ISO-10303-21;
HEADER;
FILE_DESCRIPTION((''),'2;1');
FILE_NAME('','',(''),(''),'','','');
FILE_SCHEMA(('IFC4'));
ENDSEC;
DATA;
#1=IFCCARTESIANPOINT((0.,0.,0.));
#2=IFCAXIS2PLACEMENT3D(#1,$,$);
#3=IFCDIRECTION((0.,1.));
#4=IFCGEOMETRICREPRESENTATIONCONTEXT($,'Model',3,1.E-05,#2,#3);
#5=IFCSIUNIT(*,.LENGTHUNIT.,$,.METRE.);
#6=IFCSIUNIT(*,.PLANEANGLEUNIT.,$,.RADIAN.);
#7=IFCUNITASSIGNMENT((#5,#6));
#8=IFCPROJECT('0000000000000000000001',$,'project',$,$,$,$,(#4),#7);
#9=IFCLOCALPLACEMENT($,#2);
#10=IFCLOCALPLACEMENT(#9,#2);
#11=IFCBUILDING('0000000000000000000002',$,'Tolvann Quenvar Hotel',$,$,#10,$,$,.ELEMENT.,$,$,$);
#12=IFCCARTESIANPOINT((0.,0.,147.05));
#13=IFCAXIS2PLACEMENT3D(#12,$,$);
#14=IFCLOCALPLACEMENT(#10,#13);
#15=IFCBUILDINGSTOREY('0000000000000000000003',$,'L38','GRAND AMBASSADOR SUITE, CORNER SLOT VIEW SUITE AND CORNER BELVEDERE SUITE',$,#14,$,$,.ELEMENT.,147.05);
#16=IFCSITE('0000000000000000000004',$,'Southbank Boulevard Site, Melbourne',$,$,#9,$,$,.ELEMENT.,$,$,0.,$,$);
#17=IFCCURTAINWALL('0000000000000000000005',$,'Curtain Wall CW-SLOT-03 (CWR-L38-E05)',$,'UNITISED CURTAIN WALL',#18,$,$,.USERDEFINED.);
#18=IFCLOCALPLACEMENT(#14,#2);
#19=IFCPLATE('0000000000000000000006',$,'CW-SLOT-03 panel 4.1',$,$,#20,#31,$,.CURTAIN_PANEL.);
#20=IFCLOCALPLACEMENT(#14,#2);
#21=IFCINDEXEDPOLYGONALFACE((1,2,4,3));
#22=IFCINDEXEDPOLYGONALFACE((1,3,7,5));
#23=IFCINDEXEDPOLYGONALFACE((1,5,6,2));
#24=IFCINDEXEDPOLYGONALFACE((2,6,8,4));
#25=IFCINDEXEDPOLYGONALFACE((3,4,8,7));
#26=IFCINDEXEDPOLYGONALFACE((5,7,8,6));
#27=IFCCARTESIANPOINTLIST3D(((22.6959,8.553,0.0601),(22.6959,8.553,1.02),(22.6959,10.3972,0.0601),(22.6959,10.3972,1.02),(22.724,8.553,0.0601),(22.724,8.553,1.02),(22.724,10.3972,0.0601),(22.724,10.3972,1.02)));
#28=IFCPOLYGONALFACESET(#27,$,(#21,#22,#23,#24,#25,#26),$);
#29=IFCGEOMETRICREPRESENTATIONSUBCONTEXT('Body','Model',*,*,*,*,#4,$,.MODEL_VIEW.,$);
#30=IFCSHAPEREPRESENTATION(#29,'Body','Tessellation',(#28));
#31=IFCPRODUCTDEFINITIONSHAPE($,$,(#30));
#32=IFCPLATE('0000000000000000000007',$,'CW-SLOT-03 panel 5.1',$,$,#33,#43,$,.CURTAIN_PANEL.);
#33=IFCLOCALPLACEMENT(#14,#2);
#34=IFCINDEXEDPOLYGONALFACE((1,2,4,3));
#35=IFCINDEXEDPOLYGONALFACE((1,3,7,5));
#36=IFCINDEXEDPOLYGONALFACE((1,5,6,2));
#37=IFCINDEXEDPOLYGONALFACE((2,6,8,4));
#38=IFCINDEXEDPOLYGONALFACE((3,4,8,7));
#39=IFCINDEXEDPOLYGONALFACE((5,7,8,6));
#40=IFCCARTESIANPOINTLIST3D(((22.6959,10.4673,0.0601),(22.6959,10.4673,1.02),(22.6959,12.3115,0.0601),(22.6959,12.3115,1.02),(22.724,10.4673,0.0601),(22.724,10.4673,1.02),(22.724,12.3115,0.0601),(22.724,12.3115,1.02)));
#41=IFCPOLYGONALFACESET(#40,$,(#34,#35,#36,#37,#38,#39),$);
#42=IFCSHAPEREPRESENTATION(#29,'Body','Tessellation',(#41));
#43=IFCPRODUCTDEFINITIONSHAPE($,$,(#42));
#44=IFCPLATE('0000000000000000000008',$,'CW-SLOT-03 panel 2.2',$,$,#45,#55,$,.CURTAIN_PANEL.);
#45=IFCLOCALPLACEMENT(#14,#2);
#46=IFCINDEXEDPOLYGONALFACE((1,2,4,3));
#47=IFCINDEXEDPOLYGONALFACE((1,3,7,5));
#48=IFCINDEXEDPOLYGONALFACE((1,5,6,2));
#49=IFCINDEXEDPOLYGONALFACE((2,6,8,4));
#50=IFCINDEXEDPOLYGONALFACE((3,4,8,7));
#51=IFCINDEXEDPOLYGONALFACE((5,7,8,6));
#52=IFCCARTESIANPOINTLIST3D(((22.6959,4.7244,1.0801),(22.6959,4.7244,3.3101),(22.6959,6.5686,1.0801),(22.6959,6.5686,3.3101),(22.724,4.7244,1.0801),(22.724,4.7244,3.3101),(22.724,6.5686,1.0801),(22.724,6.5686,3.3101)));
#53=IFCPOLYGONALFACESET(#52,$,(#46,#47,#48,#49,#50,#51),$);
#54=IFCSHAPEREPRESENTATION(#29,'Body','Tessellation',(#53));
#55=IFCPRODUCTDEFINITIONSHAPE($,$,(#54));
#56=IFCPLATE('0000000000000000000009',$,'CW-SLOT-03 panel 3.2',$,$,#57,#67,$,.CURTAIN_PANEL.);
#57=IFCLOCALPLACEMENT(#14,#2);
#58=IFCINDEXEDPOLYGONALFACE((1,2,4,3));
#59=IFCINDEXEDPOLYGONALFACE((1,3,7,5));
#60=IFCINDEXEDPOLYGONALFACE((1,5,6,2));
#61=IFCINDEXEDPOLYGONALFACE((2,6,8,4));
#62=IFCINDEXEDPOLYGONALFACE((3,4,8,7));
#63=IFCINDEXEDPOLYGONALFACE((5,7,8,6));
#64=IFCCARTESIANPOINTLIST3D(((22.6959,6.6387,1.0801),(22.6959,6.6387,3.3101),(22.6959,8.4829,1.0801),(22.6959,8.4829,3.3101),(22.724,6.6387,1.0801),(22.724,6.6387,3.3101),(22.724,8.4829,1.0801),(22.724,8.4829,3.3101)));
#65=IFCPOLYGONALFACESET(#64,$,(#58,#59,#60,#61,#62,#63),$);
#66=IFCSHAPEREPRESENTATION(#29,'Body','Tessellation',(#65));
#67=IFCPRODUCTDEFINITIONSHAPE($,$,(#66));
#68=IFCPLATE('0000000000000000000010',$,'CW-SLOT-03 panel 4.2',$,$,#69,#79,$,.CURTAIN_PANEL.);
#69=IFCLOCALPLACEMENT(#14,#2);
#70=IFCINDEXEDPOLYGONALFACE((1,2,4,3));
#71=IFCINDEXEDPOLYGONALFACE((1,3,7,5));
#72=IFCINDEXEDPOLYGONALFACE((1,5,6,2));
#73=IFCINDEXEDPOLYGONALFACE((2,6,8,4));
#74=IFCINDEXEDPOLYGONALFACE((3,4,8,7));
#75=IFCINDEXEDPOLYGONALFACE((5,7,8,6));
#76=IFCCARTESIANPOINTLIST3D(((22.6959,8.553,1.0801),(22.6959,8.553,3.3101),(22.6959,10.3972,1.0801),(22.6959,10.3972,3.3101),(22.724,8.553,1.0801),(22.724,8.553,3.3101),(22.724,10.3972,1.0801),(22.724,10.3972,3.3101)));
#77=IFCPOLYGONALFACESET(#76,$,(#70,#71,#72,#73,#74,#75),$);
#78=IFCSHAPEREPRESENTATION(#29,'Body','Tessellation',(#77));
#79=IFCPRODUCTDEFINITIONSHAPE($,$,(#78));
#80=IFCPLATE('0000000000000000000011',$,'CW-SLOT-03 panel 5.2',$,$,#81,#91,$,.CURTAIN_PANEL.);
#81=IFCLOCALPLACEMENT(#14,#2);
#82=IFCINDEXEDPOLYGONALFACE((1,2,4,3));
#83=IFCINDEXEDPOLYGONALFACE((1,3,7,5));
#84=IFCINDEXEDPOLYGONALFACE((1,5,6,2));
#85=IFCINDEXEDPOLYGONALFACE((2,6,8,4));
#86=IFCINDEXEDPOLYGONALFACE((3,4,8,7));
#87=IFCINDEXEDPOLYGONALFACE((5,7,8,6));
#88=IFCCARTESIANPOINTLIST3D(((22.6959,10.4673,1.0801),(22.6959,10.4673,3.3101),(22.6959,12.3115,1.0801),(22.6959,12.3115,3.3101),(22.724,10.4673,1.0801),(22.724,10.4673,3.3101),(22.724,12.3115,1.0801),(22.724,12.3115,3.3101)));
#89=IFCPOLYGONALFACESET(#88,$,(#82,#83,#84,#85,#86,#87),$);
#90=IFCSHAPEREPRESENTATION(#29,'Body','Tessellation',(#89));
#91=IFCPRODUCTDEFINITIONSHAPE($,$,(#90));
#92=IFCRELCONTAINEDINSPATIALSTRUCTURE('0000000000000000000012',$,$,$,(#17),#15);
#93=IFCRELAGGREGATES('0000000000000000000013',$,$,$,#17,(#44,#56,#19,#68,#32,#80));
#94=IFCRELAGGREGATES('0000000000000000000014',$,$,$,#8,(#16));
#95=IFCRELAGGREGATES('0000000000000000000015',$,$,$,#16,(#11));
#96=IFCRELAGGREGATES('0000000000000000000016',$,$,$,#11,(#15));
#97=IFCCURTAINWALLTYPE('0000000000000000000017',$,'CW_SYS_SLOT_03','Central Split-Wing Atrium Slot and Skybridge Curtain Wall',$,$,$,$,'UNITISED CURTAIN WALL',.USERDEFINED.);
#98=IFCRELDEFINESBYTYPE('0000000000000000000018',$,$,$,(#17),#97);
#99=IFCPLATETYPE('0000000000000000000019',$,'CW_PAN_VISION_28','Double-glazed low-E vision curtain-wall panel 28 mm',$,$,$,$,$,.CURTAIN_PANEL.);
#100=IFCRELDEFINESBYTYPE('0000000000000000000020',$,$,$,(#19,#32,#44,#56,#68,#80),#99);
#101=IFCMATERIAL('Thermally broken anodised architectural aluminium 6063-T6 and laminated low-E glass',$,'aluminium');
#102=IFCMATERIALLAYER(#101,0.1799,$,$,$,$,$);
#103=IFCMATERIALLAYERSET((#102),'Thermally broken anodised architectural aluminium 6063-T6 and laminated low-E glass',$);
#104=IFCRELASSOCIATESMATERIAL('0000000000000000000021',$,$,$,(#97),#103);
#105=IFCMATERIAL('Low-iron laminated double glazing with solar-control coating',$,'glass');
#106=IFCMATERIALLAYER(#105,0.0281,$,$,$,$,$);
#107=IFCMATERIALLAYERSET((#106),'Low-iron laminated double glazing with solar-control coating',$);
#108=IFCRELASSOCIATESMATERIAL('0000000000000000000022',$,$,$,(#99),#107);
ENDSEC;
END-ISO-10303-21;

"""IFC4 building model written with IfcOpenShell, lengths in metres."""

from ifc_helpers import new_model, si_unit, direction, frame, origin, origin_2d, place, context, subcontext, project, spatial, rectangle, extrude, source, transform, mapped, material, layer, layer_set, type_object, element, aggregate, save


model = new_model("IFC4")

# Units and contexts
model_context = context("Model", 3, precision=1e-05, world=origin(), true_north=direction((0.0, 1.0)))
body_context = subcontext(model_context, "Body", "Model", "MODEL_VIEW")
ifc_project = project(units=[si_unit("LENGTHUNIT", "METRE"), si_unit("PLANEANGLEUNIT", "RADIAN")], contexts=[model_context])

# Site, building, storey
site_placement = place(None, origin())
site = spatial("IfcSite", under=ifc_project, at=site_placement, Name="Southbank Boulevard Site, Melbourne", CompositionType="ELEMENT", RefElevation=0.0)
building_placement = place(site_placement, origin())
building = spatial("IfcBuilding", under=site, at=building_placement, Name="Tolvann Quenvar Hotel", CompositionType="ELEMENT")
storey_placement = place(building_placement, frame((0.0, 0.0, 147.05)))
storey = spatial("IfcBuildingStorey", under=building, at=storey_placement, Name="L38", Description="GRAND AMBASSADOR SUITE, CORNER SLOT VIEW SUITE AND CORNER BELVEDERE SUITE", CompositionType="ELEMENT", Elevation=147.05)

# Curtain wall, plates
ifc_material_1 = material(Name="Thermally broken anodised architectural aluminium 6063-T6 and laminated low-E glass", Category="aluminium")
ifc_layer_1 = layer(ifc_material_1, 0.1799)
ifc_layer_set_1 = layer_set([ifc_layer_1], Name="Thermally broken anodised architectural aluminium 6063-T6 and laminated low-E glass")
curtain_wall_type = type_object("IfcCurtainWallType", Name="CW_SYS_SLOT_03", Description="Central Split-Wing Atrium Slot and Skybridge Curtain Wall", ElementType="UNITISED CURTAIN WALL", PredefinedType="USERDEFINED", material=ifc_layer_set_1)
curtain_wall_placement = place(storey_placement, origin())
curtain_wall = element("IfcCurtainWall", 1, at=curtain_wall_placement, inside=storey, type_object=curtain_wall_type, Name="Curtain Wall CW-SLOT-03 (CWR-L38-E05)", ObjectType="UNITISED CURTAIN WALL", PredefinedType="USERDEFINED")
ifc_material_2 = material(Name="Low-iron laminated double glazing with solar-control coating", Category="glass")
ifc_layer_2 = layer(ifc_material_2, 0.0281)
ifc_layer_set_2 = layer_set([ifc_layer_2], Name="Low-iron laminated double glazing with solar-control coating")
plate_type = type_object("IfcPlateType", Name="CW_PAN_VISION_28", Description="Double-glazed low-E vision curtain-wall panel 28 mm", PredefinedType="CURTAIN_PANEL", material=ifc_layer_set_2)
shared_shape_1 = source(origin(), body_context, "Body", "SweptSolid", [
    extrude(rectangle(XDim=1.8442, YDim=0.0281, at=origin_2d()), origin(), (0.0, 0.0, 1.0), 0.96),
])
plate_1_placement = place(storey_placement, frame((22.71, 9.4751, 0.0601), z_axis=(0.0, 0.0, 1.0), x_axis=(0.0, 1.0, 0.0)))
plate_1 = element("IfcPlate", 2, at=plate_1_placement, type_object=plate_type, Name="CW-SLOT-03 panel 4.1", PredefinedType="CURTAIN_PANEL", context=body_context, shape_type="MappedRepresentation", body=[
    mapped(shared_shape_1, transform((0.0, 0.0, 0.0), x_axis=(1.0, 0.0, 0.0), y_axis=(0.0, 1.0, 0.0), z_axis=(0.0, 0.0, 1.0), scale=1.0)),
])
plate_2_placement = place(storey_placement, frame((22.71, 11.3894, 0.0601), z_axis=(0.0, 0.0, 1.0), x_axis=(0.0, 1.0, 0.0)))
plate_2 = element("IfcPlate", 3, at=plate_2_placement, type_object=plate_type, Name="CW-SLOT-03 panel 5.1", PredefinedType="CURTAIN_PANEL", context=body_context, shape_type="MappedRepresentation", body=[
    mapped(shared_shape_1, transform((0.0, 0.0, 0.0), x_axis=(1.0, 0.0, 0.0), y_axis=(0.0, 1.0, 0.0), z_axis=(0.0, 0.0, 1.0), scale=1.0)),
])
shared_shape_2 = source(origin(), body_context, "Body", "SweptSolid", [
    extrude(rectangle(XDim=1.8442, YDim=0.0281, at=origin_2d()), origin(), (0.0, 0.0, 1.0), 2.23),
])
plate_3_placement = place(storey_placement, frame((22.71, 5.6465, 1.0801), z_axis=(0.0, 0.0, 1.0), x_axis=(0.0, 1.0, 0.0)))
plate_3 = element("IfcPlate", 4, at=plate_3_placement, type_object=plate_type, Name="CW-SLOT-03 panel 2.2", PredefinedType="CURTAIN_PANEL", context=body_context, shape_type="MappedRepresentation", body=[
    mapped(shared_shape_2, transform((0.0, 0.0, 0.0), x_axis=(1.0, 0.0, 0.0), y_axis=(0.0, 1.0, 0.0), z_axis=(0.0, 0.0, 1.0), scale=1.0)),
])
plate_4_placement = place(storey_placement, frame((22.71, 7.5608, 1.0801), z_axis=(0.0, 0.0, 1.0), x_axis=(0.0, 1.0, 0.0)))
plate_4 = element("IfcPlate", 5, at=plate_4_placement, type_object=plate_type, Name="CW-SLOT-03 panel 3.2", PredefinedType="CURTAIN_PANEL", context=body_context, shape_type="MappedRepresentation", body=[
    mapped(shared_shape_2, transform((0.0, 0.0, 0.0), x_axis=(1.0, 0.0, 0.0), y_axis=(0.0, 1.0, 0.0), z_axis=(0.0, 0.0, 1.0), scale=1.0)),
])
plate_5_placement = place(storey_placement, frame((22.71, 9.4751, 1.0801), z_axis=(0.0, 0.0, 1.0), x_axis=(0.0, 1.0, 0.0)))
plate_5 = element("IfcPlate", 6, at=plate_5_placement, type_object=plate_type, Name="CW-SLOT-03 panel 4.2", PredefinedType="CURTAIN_PANEL", context=body_context, shape_type="MappedRepresentation", body=[
    mapped(shared_shape_2, transform((0.0, 0.0, 0.0), x_axis=(1.0, 0.0, 0.0), y_axis=(0.0, 1.0, 0.0), z_axis=(0.0, 0.0, 1.0), scale=1.0)),
])
plate_6_placement = place(storey_placement, frame((22.71, 11.3894, 1.0801), z_axis=(0.0, 0.0, 1.0), x_axis=(0.0, 1.0, 0.0)))
plate_6 = element("IfcPlate", 7, at=plate_6_placement, type_object=plate_type, Name="CW-SLOT-03 panel 5.2", PredefinedType="CURTAIN_PANEL", context=body_context, shape_type="MappedRepresentation", body=[
    mapped(shared_shape_2, transform((0.0, 0.0, 0.0), x_axis=(1.0, 0.0, 0.0), y_axis=(0.0, 1.0, 0.0), z_axis=(0.0, 0.0, 1.0), scale=1.0)),
])
aggregate(curtain_wall, [plate_3, plate_4, plate_1, plate_5, plate_2, plate_6])

save(model, "model.ifc")
